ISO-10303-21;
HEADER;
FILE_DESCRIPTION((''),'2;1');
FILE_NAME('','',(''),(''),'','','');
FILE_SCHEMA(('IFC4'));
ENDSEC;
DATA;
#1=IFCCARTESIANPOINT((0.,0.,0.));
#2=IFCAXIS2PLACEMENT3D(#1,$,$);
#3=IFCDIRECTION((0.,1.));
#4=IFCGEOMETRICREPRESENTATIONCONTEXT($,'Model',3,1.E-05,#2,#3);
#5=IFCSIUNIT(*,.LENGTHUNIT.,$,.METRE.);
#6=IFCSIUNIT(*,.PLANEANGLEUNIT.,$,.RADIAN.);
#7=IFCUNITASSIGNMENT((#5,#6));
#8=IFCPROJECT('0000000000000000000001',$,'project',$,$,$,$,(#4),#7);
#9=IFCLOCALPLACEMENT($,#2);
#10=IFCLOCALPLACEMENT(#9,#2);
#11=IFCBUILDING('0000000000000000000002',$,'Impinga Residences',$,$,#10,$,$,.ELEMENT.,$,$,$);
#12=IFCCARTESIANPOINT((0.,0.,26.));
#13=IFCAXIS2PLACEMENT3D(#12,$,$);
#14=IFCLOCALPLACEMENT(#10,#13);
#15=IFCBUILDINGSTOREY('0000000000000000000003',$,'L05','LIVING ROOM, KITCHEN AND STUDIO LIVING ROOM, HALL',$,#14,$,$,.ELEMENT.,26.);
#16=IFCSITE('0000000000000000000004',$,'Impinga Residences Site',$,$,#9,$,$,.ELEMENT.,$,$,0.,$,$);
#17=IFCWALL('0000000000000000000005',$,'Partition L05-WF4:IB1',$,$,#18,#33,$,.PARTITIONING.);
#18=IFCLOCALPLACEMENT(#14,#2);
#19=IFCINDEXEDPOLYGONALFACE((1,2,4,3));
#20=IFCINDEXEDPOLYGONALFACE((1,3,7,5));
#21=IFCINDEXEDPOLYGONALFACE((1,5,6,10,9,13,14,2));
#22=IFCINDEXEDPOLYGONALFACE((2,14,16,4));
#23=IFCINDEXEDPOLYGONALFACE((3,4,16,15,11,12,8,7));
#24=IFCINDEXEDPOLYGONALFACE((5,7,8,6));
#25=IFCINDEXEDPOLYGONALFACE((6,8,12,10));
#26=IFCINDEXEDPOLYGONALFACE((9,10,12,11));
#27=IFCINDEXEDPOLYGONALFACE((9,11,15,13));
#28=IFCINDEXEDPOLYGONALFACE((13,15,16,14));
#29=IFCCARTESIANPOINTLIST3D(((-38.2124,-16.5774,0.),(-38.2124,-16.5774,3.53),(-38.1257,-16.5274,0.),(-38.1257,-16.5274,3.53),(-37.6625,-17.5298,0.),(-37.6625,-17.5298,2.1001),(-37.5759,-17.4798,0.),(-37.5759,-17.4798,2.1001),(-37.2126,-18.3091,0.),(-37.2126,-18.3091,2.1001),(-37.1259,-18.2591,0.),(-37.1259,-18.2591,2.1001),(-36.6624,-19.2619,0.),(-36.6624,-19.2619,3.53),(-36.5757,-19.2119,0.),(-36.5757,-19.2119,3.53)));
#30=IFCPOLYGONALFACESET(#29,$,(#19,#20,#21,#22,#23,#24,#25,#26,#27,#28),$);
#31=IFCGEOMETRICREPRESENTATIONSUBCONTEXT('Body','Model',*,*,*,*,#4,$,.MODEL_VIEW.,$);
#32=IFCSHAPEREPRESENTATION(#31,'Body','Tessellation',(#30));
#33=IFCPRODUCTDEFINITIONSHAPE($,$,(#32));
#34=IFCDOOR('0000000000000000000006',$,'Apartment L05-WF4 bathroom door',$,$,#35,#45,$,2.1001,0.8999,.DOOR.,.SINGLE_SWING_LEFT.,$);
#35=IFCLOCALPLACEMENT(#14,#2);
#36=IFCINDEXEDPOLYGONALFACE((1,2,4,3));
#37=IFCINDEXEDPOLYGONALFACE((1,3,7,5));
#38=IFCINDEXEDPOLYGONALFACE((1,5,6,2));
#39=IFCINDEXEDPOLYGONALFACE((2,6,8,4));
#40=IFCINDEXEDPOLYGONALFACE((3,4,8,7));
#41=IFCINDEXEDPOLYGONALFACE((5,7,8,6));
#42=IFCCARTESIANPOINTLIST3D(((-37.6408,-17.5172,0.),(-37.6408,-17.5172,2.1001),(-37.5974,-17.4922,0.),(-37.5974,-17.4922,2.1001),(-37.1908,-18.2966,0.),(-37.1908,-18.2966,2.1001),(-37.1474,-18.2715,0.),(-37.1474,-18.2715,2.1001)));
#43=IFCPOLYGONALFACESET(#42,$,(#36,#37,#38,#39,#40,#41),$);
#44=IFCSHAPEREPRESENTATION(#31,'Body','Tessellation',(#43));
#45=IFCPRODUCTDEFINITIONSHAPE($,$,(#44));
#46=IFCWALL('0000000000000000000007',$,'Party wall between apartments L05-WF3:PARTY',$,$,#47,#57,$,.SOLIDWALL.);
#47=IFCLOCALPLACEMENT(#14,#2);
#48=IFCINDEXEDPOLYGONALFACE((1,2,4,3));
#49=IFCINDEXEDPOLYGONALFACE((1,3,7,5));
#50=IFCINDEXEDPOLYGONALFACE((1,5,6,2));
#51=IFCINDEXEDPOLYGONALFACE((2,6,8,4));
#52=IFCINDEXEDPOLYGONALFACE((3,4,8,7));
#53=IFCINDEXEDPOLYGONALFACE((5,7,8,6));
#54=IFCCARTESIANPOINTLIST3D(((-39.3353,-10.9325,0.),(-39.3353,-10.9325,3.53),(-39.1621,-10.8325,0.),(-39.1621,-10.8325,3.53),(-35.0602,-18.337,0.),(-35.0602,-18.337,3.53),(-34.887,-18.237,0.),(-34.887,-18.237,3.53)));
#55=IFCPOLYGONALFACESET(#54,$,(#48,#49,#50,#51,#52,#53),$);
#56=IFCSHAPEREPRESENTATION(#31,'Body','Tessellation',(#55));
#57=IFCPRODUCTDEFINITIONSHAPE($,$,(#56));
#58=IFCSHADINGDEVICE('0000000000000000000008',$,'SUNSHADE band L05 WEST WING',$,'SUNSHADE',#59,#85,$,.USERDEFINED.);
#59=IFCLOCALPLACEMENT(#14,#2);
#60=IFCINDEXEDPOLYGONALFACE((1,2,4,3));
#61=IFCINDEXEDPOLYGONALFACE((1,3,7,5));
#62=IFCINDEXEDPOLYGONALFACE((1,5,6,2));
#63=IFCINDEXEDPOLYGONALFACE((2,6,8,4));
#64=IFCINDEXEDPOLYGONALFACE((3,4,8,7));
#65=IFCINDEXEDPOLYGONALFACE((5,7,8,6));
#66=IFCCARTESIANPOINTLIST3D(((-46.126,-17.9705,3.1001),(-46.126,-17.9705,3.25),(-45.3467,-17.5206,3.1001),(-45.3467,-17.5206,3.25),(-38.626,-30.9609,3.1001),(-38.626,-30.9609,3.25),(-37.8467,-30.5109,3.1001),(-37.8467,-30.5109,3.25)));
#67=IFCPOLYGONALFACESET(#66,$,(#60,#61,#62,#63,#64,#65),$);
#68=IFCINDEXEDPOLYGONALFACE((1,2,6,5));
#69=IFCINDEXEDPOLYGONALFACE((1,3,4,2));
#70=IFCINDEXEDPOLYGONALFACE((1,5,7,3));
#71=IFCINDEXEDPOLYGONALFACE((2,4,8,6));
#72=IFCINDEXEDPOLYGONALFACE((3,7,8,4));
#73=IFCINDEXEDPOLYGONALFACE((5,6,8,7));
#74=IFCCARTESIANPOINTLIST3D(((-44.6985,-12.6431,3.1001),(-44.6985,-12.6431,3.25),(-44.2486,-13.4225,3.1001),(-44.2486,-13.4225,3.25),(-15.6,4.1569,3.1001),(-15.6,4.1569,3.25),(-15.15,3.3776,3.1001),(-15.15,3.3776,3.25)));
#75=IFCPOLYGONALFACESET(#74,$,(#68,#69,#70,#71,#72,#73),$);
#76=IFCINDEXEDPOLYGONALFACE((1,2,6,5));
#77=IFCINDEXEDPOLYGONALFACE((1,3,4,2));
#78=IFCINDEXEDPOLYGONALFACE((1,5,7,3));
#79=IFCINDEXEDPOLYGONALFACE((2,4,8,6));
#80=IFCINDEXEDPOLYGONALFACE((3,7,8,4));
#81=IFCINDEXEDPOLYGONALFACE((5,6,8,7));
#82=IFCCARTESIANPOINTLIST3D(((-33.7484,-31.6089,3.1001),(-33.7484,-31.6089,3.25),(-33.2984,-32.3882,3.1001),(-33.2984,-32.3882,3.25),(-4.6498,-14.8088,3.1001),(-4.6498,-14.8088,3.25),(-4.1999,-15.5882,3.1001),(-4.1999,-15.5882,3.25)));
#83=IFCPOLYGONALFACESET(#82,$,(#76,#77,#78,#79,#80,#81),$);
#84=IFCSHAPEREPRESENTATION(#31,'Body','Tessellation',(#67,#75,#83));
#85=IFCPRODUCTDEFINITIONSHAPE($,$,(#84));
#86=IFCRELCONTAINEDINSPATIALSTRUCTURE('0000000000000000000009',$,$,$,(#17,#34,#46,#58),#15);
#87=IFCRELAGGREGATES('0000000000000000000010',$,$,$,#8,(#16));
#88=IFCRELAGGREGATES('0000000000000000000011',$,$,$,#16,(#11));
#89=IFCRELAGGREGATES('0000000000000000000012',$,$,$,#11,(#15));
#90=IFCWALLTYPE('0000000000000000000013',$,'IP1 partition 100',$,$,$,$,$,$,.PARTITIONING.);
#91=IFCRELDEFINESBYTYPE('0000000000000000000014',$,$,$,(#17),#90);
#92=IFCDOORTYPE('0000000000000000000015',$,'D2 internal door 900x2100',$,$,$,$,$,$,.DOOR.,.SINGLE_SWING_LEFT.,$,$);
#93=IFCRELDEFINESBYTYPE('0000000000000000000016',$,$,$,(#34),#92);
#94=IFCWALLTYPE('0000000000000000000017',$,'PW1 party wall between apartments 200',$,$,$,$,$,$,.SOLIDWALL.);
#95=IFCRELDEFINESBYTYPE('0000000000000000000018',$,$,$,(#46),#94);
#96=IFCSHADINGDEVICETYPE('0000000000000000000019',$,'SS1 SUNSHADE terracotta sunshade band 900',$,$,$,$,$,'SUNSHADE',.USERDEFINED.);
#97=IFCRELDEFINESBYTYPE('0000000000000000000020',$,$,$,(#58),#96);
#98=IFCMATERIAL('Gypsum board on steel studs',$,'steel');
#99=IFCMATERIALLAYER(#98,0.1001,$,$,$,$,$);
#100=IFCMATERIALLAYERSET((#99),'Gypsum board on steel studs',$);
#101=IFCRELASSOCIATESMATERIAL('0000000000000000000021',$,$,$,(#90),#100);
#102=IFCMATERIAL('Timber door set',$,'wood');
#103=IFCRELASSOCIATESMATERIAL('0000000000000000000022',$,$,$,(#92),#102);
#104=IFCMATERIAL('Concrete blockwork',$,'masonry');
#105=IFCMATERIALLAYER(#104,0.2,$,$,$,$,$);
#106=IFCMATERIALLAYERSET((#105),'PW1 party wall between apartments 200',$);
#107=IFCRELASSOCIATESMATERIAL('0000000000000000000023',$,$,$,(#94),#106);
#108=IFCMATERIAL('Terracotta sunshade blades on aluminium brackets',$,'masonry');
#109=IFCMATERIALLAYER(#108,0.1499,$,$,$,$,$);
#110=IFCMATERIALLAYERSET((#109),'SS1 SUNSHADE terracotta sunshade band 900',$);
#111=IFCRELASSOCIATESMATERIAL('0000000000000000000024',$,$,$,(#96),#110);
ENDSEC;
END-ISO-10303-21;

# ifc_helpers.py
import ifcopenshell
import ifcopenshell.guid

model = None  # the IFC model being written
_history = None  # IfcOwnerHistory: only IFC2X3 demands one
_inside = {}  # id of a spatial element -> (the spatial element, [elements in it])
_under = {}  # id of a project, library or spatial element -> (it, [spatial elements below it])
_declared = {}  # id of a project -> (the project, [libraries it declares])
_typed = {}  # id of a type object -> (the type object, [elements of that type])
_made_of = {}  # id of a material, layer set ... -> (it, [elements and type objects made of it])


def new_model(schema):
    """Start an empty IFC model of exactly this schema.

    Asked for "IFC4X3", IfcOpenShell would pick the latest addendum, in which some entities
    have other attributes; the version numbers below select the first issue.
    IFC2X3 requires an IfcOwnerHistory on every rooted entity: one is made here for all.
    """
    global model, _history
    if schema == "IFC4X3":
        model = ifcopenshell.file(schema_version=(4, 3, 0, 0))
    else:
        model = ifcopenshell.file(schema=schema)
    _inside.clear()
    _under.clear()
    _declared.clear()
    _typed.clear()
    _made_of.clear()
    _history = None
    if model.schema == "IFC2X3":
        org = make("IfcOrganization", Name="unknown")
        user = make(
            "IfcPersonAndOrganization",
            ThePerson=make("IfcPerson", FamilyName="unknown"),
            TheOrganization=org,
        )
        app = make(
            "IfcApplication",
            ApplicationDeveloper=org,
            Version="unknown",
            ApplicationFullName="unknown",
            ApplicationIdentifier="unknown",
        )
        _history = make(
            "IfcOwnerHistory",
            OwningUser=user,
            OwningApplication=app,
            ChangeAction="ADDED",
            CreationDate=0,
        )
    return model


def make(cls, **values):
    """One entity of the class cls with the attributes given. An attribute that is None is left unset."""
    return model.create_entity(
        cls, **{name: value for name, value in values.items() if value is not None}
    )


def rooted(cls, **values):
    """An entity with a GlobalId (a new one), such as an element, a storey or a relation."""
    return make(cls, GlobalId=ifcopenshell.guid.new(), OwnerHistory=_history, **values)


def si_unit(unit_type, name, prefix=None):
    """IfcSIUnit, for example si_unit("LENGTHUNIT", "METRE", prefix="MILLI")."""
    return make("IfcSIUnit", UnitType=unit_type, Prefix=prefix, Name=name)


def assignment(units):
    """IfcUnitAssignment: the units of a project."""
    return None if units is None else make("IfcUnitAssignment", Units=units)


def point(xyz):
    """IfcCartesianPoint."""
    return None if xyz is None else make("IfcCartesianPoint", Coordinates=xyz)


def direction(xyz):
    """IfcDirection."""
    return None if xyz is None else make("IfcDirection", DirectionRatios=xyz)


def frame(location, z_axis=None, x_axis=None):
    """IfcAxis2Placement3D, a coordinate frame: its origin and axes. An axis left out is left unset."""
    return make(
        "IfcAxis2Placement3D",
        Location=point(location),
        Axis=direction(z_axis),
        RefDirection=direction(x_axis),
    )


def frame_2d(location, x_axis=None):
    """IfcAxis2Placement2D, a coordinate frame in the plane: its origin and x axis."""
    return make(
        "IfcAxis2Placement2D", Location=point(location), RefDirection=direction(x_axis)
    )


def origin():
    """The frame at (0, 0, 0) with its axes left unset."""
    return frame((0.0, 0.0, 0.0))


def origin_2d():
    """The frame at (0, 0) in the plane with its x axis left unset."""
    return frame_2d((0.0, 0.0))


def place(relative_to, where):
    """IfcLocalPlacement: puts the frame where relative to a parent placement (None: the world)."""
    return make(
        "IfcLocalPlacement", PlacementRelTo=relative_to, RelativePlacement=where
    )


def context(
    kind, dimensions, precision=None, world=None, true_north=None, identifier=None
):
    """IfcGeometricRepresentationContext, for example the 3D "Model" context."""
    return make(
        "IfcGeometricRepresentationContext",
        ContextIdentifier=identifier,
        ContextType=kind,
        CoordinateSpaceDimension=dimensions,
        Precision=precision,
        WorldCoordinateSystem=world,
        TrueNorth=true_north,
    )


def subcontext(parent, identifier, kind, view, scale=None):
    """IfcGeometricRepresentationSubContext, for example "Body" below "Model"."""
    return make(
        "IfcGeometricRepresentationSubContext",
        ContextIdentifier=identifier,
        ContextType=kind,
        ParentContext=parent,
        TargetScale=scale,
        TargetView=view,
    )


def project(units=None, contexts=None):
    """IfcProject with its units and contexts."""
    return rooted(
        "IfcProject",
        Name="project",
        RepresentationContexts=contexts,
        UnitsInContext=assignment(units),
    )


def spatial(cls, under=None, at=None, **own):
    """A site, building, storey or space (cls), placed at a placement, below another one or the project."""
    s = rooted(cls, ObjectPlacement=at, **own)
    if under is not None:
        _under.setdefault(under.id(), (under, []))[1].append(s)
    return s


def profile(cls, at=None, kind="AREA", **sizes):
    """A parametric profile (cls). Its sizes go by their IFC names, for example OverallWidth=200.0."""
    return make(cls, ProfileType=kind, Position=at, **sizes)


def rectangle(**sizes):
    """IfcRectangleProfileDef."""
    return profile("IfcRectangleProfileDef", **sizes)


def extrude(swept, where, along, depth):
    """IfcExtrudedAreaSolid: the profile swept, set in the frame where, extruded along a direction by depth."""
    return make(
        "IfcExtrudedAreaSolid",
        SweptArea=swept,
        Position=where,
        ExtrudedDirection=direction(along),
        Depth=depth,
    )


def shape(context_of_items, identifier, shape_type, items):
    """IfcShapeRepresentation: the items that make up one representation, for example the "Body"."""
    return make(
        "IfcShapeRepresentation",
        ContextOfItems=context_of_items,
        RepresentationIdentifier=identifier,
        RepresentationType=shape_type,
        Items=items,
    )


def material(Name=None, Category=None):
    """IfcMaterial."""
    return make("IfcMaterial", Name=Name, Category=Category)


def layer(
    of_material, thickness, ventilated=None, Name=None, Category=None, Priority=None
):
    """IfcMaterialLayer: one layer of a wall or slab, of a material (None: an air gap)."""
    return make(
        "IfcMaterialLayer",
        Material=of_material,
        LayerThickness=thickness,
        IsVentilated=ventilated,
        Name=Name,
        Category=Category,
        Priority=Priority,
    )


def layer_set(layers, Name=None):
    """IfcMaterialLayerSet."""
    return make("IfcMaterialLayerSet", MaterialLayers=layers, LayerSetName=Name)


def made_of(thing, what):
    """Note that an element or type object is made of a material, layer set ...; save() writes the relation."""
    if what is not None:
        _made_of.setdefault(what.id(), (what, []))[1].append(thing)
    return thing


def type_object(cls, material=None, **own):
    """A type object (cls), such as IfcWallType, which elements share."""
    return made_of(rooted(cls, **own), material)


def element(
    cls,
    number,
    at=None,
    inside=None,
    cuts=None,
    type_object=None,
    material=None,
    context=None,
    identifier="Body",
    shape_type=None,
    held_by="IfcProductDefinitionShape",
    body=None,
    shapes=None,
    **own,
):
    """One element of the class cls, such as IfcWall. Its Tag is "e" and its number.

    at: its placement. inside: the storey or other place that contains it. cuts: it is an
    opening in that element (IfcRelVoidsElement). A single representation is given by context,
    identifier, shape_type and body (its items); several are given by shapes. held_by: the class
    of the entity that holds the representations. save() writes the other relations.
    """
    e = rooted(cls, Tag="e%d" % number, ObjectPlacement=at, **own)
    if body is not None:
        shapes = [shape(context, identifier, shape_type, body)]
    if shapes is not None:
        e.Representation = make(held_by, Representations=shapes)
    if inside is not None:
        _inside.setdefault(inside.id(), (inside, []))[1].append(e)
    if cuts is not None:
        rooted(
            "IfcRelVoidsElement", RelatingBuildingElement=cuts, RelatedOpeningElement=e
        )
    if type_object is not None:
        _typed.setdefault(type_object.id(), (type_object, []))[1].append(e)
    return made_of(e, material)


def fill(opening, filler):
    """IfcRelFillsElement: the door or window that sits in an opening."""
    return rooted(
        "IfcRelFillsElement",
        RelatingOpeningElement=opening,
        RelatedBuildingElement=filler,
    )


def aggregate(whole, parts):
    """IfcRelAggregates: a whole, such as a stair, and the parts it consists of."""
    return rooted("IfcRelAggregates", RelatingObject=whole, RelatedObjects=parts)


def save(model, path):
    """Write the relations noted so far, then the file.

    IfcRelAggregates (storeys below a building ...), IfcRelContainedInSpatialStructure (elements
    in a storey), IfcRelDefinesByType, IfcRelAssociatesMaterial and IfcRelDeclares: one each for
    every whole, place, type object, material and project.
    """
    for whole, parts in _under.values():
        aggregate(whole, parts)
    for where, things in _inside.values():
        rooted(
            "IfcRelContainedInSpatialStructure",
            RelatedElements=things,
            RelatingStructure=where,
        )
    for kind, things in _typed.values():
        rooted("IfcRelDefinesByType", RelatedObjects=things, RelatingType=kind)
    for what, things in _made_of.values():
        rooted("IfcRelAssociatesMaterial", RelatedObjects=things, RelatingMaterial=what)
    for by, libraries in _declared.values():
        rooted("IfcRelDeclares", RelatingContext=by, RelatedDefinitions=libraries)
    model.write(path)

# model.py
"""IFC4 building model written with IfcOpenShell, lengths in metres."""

from ifc_helpers import new_model, si_unit, direction, frame, frame_2d, origin, origin_2d, place, context, subcontext, project, spatial, rectangle, extrude, material, layer, layer_set, type_object, element, fill, save


model = new_model("IFC4")

# Units and contexts
model_context = context("Model", 3, precision=1e-05, world=origin(), true_north=direction((0.0, 1.0)))
body_context = subcontext(model_context, "Body", "Model", "MODEL_VIEW")
ifc_project = project(units=[si_unit("LENGTHUNIT", "METRE"), si_unit("PLANEANGLEUNIT", "RADIAN")], contexts=[model_context])

# Site, building, storey
site_placement = place(None, origin())
site = spatial("IfcSite", under=ifc_project, at=site_placement, Name="Impinga Residences Site", CompositionType="ELEMENT", RefElevation=0.0)
building_placement = place(site_placement, origin())
building = spatial("IfcBuilding", under=site, at=building_placement, Name="Impinga Residences", CompositionType="ELEMENT")
storey_placement = place(building_placement, frame((0.0, 0.0, 26.0)))
storey = spatial("IfcBuildingStorey", under=building, at=storey_placement, Name="L05", Description="LIVING ROOM, KITCHEN AND STUDIO LIVING ROOM, HALL", CompositionType="ELEMENT", Elevation=26.0)

# Shared definitions
ifc_material_1 = material(Name="Gypsum board on steel studs", Category="steel")
ifc_layer_1 = layer(ifc_material_1, 0.1001)
ifc_layer_set_1 = layer_set([ifc_layer_1], Name="Gypsum board on steel studs")
wall_type_1 = type_object("IfcWallType", Name="IP1 partition 100", PredefinedType="PARTITIONING", material=ifc_layer_set_1)

# Wall, opening, door
wall_1_placement = place(storey_placement, frame((-36.6191, -19.2368, 0.0), z_axis=(0.0, 0.0, 1.0), x_axis=(-0.500027, 0.86601, 0.0)))
wall_1 = element("IfcWall", 1, at=wall_1_placement, inside=storey, type_object=wall_type_1, Name="Partition L05-WF4:IB1", PredefinedType="PARTITIONING", context=body_context, shape_type="SweptSolid", body=[
    extrude(rectangle(XDim=3.0999, YDim=0.1001, at=frame_2d((1.5498, 0.0))), origin(), (0.0, 0.0, 1.0), 3.53),
])
opening_1_placement = place(wall_1_placement, frame((1.1001, 0.0, 0.0)))
opening_1 = element("IfcOpeningElement", 2, at=opening_1_placement, cuts=wall_1, PredefinedType="OPENING", context=body_context, shape_type="SweptSolid", body=[
    extrude(rectangle(XDim=0.8999, YDim=2.1001, at=frame_2d((0.45, 1.05))), frame((0.0, 0.0601, 0.0), z_axis=(0.0, -1.0, 0.0), x_axis=(1.0, 0.0, 0.0)), (0.0, 0.0, 1.0), 0.1201),
])
ifc_material_2 = material(Name="Timber door set", Category="wood")
door_type = type_object("IfcDoorType", Name="D2 internal door 900x2100", OperationType="SINGLE_SWING_LEFT", PredefinedType="DOOR", material=ifc_material_2)
door_placement = place(opening_1_placement, origin())
door = element("IfcDoor", 3, at=door_placement, inside=storey, type_object=door_type, Name="Apartment L05-WF4 bathroom door", OperationType="SINGLE_SWING_LEFT", OverallHeight=2.1001, OverallWidth=0.8999, PredefinedType="DOOR", context=body_context, shape_type="SweptSolid", body=[
    extrude(rectangle(XDim=0.8999, YDim=2.1001, at=frame_2d((0.45, 1.05))), frame((0.0, 0.0249, 0.0), z_axis=(0.0, -1.0, 0.0), x_axis=(1.0, 0.0, 0.0)), (0.0, 0.0, 1.0), 0.05),
])
fill(opening_1, door)

# Wall
ifc_material_3 = material(Name="Concrete blockwork", Category="masonry")
ifc_layer_2 = layer(ifc_material_3, 0.2)
ifc_layer_set_2 = layer_set([ifc_layer_2], Name="PW1 party wall between apartments 200")
wall_type_2 = type_object("IfcWallType", Name="PW1 party wall between apartments 200", PredefinedType="SOLIDWALL", material=ifc_layer_set_2)
wall_2_placement = place(storey_placement, frame((-34.9736, -18.2869, 0.0), z_axis=(0.0, 0.0, 1.0), x_axis=(-0.500012, 0.866019, 0.0)))
element("IfcWall", 4, at=wall_2_placement, inside=storey, type_object=wall_type_2, Name="Party wall between apartments L05-WF3:PARTY", PredefinedType="SOLIDWALL", context=body_context, shape_type="SweptSolid", body=[
    extrude(rectangle(XDim=8.55, YDim=0.2, at=frame_2d((4.2749, 0.0))), origin(), (0.0, 0.0, 1.0), 3.53),
])

# Shading device
ifc_material_4 = material(Name="Terracotta sunshade blades on aluminium brackets", Category="masonry")
ifc_layer_3 = layer(ifc_material_4, 0.1499)
ifc_layer_set_3 = layer_set([ifc_layer_3], Name="SS1 SUNSHADE terracotta sunshade band 900")
shading_device_type = type_object("IfcShadingDeviceType", Name="SS1 SUNSHADE terracotta sunshade band 900", ElementType="SUNSHADE", PredefinedType="USERDEFINED", material=ifc_layer_set_3)
shading_device_placement = place(storey_placement, frame((-41.9863, -24.2407, 3.1001), z_axis=(0.0, 0.0, 1.0), x_axis=(-0.5, 0.866025, 0.0)))
element("IfcShadingDevice", 5, at=shading_device_placement, inside=storey, type_object=shading_device_type, Name="SUNSHADE band L05 WEST WING", ObjectType="SUNSHADE", PredefinedType="USERDEFINED", context=body_context, shape_type="SweptSolid", body=[
    extrude(rectangle(XDim=15.0, YDim=0.8999, at=origin_2d()), origin(), (0.0, 0.0, 1.0), 0.1499),
    extrude(rectangle(XDim=33.6001, YDim=0.8999, at=origin_2d()), frame((10.95, -20.25, 0.0), z_axis=(0.0, 0.0, 1.0), x_axis=(0.0, -1.0, 0.0)), (0.0, 0.0, 1.0), 0.1499),
    extrude(rectangle(XDim=33.6001, YDim=0.8999, at=origin_2d()), frame((-10.95, -20.2502, 0.0), z_axis=(0.0, 0.0, 1.0), x_axis=(0.0, 1.0, 0.0)), (0.0, 0.0, 1.0), 0.1499),
])

save(model, "model.ifc")
